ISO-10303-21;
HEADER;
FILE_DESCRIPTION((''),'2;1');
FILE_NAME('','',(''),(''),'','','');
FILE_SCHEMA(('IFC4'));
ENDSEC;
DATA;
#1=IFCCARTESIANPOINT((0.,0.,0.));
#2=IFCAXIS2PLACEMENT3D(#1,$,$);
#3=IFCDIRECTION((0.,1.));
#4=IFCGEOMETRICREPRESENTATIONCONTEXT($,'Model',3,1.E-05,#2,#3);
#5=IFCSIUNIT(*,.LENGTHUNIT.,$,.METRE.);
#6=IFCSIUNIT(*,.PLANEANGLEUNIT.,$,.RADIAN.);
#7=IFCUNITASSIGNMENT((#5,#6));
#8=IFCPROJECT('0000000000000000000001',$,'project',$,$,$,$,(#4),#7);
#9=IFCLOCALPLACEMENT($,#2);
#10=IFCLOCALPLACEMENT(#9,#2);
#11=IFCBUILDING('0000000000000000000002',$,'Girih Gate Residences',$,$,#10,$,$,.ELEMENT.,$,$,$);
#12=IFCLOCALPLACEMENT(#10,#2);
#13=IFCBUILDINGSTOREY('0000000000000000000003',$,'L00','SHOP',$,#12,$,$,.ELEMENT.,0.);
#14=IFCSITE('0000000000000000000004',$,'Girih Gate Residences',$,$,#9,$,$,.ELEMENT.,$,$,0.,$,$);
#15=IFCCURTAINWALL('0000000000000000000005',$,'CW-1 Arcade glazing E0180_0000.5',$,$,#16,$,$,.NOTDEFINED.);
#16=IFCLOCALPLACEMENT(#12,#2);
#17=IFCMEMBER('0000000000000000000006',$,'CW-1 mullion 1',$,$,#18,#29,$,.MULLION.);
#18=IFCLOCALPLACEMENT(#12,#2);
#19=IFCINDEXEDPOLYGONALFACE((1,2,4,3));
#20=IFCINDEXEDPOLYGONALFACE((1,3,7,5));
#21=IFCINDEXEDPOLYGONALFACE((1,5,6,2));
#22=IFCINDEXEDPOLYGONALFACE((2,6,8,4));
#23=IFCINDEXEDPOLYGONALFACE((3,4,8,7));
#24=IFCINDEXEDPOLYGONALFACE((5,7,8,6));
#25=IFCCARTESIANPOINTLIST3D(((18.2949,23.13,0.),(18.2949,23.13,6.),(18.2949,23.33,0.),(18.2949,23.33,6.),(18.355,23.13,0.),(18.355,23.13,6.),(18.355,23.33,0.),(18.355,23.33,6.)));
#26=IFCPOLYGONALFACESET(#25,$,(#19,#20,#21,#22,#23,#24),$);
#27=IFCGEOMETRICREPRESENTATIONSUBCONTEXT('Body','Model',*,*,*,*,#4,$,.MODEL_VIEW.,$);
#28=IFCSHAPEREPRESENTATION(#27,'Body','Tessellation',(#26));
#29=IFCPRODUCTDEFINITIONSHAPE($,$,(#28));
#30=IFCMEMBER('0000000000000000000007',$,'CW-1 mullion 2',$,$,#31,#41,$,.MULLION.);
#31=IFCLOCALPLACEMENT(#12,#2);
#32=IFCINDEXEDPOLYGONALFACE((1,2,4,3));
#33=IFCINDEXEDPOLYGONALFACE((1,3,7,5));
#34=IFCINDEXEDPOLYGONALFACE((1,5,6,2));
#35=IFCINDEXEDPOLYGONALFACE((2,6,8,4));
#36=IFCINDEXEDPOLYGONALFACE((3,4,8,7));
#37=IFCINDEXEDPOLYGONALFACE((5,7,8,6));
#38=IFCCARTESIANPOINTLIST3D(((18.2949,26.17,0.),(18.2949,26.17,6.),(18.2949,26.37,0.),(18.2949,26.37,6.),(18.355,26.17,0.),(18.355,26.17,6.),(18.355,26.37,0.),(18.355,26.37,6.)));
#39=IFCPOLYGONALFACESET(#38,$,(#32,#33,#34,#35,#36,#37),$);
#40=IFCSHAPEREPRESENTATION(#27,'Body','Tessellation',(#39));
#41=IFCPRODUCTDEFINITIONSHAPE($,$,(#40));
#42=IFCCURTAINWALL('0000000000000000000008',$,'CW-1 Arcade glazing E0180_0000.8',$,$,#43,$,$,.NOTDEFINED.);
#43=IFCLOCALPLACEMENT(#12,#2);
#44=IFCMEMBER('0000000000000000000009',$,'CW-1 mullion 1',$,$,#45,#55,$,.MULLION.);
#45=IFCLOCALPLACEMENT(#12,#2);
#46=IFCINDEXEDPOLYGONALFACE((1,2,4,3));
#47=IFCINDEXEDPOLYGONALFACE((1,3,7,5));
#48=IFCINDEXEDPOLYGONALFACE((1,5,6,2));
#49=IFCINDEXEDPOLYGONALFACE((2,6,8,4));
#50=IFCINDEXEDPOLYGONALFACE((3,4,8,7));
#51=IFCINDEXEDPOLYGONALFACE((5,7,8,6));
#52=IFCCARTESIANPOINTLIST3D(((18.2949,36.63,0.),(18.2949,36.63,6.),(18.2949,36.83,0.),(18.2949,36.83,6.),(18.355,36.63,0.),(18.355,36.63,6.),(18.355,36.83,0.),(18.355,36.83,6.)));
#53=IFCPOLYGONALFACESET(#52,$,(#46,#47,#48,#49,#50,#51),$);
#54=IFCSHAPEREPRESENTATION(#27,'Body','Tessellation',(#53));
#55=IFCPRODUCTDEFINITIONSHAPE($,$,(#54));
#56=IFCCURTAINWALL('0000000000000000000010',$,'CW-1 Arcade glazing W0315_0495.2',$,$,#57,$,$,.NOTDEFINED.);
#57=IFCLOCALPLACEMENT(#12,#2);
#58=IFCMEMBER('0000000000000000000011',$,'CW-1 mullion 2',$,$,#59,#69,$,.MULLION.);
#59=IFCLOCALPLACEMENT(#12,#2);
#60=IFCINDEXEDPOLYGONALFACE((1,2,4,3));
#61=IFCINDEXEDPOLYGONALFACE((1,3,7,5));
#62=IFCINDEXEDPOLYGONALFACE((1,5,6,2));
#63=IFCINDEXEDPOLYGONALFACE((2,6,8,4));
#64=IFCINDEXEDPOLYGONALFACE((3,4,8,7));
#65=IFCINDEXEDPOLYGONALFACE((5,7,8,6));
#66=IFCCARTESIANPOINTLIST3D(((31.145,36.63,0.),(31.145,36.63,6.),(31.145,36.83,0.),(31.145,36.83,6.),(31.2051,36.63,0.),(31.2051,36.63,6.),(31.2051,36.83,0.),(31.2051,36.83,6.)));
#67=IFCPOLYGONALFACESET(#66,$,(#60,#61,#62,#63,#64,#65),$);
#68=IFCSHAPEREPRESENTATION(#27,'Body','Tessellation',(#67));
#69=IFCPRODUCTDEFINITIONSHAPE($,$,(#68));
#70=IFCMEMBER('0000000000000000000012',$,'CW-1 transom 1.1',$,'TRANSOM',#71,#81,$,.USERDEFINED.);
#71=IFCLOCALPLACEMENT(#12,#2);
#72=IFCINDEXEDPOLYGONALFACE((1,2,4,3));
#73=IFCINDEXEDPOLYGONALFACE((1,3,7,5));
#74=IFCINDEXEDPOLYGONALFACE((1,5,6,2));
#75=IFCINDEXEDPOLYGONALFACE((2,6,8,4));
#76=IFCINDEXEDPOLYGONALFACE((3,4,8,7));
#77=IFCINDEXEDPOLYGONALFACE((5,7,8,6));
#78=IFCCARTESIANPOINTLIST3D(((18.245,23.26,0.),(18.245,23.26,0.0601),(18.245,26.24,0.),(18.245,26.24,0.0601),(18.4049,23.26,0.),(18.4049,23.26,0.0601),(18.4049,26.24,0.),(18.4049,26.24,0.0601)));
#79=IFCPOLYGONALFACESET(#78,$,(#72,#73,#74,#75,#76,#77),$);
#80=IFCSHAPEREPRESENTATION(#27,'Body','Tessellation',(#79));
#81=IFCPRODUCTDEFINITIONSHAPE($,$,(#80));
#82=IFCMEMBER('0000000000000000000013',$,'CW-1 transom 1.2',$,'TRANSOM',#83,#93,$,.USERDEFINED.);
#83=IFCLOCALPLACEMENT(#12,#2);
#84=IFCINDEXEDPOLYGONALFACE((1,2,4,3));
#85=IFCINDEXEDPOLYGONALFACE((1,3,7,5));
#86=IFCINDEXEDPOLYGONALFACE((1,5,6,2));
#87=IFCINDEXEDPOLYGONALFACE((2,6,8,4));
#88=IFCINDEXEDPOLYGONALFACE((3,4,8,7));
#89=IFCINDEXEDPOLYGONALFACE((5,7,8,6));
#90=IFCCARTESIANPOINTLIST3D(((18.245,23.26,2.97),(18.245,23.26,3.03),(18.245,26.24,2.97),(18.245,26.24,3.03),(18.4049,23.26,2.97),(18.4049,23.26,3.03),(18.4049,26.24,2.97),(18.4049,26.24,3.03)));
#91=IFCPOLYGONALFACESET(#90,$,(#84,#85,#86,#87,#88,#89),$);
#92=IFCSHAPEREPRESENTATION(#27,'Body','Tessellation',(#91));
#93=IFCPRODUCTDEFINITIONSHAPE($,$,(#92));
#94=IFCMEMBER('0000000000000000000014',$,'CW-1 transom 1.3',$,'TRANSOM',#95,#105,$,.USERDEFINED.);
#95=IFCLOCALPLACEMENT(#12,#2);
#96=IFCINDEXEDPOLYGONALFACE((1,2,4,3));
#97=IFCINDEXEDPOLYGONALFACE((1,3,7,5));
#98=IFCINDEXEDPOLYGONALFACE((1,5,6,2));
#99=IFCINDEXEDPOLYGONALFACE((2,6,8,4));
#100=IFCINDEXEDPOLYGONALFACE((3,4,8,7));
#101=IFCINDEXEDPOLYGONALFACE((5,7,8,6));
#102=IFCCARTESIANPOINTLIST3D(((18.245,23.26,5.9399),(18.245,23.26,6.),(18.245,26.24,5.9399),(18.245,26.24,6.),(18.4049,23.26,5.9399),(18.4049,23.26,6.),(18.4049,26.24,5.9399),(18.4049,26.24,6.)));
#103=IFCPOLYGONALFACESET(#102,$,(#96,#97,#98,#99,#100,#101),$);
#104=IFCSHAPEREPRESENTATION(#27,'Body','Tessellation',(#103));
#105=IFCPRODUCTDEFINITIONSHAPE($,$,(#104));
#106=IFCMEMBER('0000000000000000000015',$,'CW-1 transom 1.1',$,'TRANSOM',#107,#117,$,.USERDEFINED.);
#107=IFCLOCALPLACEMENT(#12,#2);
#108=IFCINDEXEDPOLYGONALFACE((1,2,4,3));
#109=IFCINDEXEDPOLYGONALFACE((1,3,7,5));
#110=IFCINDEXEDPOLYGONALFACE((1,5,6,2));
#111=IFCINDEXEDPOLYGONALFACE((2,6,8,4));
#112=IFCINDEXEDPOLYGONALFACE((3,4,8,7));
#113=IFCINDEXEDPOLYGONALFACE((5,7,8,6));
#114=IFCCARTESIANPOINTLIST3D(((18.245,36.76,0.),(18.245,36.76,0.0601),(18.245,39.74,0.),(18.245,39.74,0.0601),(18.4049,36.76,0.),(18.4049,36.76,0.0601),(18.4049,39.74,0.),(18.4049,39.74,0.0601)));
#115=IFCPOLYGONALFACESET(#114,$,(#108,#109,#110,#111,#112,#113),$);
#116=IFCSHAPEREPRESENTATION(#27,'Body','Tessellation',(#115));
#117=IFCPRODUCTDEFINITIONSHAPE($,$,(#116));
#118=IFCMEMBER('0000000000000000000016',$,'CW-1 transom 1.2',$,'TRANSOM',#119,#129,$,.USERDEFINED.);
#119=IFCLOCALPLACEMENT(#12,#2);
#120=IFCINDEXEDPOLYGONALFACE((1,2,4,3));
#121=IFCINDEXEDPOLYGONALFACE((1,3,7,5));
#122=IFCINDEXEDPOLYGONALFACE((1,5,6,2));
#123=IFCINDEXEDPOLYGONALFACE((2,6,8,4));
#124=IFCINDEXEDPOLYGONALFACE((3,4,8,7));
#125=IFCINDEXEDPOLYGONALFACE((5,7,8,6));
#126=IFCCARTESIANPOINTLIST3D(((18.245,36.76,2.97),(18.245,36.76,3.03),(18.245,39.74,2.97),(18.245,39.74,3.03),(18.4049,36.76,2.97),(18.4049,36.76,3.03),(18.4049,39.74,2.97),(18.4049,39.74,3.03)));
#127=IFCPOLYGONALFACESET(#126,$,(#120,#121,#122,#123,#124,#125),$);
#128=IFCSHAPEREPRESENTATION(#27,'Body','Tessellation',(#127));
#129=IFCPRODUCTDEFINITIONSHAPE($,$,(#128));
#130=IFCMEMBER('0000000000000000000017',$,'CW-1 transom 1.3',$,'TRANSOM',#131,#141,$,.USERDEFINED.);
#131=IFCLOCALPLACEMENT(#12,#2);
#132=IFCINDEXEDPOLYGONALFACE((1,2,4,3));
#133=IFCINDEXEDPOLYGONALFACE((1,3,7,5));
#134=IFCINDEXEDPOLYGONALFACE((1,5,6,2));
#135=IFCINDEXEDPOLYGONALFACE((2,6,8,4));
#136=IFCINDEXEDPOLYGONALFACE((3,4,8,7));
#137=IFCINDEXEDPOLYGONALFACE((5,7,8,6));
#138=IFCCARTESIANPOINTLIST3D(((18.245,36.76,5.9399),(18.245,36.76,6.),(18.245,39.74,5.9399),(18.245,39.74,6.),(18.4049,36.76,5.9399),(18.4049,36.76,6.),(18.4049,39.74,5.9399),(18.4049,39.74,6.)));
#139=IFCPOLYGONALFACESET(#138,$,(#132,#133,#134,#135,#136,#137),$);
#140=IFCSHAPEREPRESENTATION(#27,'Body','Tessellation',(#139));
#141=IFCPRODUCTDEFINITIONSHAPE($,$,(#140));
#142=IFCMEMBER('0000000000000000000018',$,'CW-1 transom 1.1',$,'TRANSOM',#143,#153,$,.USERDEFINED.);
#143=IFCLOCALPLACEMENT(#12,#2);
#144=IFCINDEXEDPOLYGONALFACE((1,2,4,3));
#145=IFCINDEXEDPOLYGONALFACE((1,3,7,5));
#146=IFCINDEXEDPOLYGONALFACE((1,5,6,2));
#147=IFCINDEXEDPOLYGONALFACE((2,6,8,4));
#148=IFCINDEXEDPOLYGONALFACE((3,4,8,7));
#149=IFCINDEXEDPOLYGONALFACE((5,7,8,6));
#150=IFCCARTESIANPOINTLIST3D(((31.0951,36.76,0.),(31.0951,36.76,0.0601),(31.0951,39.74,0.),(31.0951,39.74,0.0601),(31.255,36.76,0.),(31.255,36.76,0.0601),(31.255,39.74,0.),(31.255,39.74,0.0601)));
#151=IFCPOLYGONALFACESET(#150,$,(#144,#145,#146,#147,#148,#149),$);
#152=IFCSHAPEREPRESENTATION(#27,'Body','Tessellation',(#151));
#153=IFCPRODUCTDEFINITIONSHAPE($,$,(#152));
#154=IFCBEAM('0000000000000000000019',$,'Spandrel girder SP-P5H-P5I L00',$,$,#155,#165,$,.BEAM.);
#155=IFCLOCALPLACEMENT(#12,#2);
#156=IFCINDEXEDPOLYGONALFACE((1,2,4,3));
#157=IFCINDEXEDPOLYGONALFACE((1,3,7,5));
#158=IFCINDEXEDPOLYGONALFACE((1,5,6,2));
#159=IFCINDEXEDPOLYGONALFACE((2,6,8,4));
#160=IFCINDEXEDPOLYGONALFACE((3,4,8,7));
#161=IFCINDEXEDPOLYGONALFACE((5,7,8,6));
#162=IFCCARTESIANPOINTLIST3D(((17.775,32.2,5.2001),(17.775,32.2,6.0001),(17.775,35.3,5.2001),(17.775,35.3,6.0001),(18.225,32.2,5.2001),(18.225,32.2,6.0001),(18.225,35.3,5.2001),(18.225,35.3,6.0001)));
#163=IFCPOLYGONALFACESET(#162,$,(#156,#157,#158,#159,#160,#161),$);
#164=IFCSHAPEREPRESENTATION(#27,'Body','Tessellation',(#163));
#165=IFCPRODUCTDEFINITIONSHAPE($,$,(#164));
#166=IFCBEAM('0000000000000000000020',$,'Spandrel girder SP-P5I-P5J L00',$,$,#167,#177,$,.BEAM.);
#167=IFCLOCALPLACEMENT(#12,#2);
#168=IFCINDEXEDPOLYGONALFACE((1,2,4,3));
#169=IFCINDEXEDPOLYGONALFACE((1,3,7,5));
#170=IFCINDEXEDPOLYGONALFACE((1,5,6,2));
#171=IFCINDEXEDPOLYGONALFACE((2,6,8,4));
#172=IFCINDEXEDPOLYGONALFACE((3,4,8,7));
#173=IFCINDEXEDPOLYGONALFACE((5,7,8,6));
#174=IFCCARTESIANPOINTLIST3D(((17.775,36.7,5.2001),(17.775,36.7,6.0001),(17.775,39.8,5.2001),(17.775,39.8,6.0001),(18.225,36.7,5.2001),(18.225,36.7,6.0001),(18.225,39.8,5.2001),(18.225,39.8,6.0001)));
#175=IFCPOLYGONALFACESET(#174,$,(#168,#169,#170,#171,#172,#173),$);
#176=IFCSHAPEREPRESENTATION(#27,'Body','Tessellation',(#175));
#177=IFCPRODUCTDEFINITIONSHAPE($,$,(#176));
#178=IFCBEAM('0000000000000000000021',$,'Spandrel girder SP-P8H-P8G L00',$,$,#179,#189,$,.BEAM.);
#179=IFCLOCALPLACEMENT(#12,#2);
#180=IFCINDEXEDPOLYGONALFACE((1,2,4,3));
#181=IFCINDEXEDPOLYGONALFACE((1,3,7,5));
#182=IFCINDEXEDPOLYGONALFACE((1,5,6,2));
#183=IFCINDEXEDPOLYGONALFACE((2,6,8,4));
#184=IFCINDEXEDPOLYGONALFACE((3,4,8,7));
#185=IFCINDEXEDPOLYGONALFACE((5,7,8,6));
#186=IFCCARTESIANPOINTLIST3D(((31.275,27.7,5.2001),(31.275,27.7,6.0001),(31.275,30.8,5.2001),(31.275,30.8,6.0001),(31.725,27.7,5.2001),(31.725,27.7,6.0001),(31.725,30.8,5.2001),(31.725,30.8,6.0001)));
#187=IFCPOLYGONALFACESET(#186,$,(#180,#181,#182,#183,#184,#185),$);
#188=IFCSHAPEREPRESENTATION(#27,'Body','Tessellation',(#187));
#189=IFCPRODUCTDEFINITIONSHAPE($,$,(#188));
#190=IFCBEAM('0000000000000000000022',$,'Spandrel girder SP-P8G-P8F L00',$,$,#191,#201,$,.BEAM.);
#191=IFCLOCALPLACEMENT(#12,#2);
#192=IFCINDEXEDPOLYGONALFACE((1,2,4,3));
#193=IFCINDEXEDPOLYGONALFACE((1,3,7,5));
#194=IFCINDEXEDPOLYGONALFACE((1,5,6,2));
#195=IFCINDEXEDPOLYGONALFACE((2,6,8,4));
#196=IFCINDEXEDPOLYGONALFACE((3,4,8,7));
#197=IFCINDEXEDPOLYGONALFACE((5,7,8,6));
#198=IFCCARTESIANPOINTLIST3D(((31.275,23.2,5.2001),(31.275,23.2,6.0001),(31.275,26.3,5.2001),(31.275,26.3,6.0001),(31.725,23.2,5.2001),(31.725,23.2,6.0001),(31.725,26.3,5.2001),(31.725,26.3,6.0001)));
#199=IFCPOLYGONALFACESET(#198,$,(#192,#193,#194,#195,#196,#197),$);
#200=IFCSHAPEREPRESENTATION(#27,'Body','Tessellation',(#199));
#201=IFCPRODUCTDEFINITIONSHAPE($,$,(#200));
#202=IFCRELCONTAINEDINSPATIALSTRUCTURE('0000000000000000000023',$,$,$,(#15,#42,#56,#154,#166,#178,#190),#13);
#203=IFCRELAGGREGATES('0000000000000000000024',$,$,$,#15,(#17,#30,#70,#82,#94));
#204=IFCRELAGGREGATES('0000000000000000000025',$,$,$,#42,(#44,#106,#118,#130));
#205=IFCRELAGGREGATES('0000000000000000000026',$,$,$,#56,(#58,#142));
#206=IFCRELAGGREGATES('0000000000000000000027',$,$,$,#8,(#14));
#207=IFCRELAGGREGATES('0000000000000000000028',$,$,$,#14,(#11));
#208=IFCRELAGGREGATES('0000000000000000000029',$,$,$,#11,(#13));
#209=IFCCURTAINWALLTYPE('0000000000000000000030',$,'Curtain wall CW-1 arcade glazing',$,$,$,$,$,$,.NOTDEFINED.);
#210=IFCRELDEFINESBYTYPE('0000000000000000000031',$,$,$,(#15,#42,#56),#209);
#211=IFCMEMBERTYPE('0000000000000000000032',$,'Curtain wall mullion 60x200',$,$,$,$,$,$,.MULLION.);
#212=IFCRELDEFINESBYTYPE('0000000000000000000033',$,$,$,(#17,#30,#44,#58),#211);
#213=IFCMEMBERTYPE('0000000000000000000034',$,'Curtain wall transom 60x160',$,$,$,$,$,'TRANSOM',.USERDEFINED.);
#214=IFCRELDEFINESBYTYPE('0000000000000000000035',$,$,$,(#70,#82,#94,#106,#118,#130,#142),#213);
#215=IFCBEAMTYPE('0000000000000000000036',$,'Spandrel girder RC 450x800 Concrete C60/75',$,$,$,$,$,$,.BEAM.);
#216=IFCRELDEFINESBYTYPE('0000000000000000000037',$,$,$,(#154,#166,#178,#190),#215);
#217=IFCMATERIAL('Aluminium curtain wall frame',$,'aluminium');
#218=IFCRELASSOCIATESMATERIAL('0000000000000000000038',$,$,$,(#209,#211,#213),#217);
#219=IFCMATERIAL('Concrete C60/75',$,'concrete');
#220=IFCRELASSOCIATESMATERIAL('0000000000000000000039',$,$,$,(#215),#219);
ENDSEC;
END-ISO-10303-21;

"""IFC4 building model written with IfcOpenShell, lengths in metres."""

from ifc_helpers import new_model, si_unit, direction, frame, origin, origin_2d, place, context, subcontext, project, spatial, rectangle, extrude, material, material_profile, profile_set, type_object, element, aggregate, save


model = new_model("IFC4")

# Units and contexts
model_context = context("Model", 3, precision=1e-05, world=origin(), true_north=direction((0.0, 1.0)))
body_context = subcontext(model_context, "Body", "Model", "MODEL_VIEW")
ifc_project = project(units=[si_unit("LENGTHUNIT", "METRE"), si_unit("PLANEANGLEUNIT", "RADIAN")], contexts=[model_context])

# Site, building, storey
site_placement = place(None, origin())
site = spatial("IfcSite", under=ifc_project, at=site_placement, Name="Girih Gate Residences", CompositionType="ELEMENT", RefElevation=0.0)
building_placement = place(site_placement, origin())
building = spatial("IfcBuilding", under=site, at=building_placement, Name="Girih Gate Residences", CompositionType="ELEMENT")
storey_placement = place(building_placement, origin())
storey = spatial("IfcBuildingStorey", under=building, at=storey_placement, Name="L00", Description="SHOP", CompositionType="ELEMENT", Elevation=0.0)

# Curtain wall, members
ifc_material_1 = material(Name="Aluminium curtain wall frame", Category="aluminium")
curtain_wall_type = type_object("IfcCurtainWallType", Name="Curtain wall CW-1 arcade glazing", PredefinedType="NOTDEFINED", material=ifc_material_1)
curtain_wall_1_placement = place(storey_placement, origin())
curtain_wall_1 = element("IfcCurtainWall", 1, at=curtain_wall_1_placement, inside=storey, type_object=curtain_wall_type, Name="CW-1 Arcade glazing E0180_0000.5", PredefinedType="NOTDEFINED")
ifc_material_profile_1 = material_profile(ifc_material_1, rectangle(XDim=0.0601, YDim=0.2, at=origin_2d()))
ifc_profile_set_1 = profile_set([ifc_material_profile_1], Name="Aluminium curtain wall frame")
member_type_1 = type_object("IfcMemberType", Name="Curtain wall mullion 60x200", PredefinedType="MULLION", material=ifc_profile_set_1)
member_1_placement = place(storey_placement, frame((18.325, 23.23, 0.0), z_axis=(0.0, 0.0, 1.0), x_axis=(-1.0, 0.0, 0.0)))
member_1 = element("IfcMember", 2, at=member_1_placement, type_object=member_type_1, Name="CW-1 mullion 1", PredefinedType="MULLION", context=body_context, shape_type="SweptSolid", body=[
    extrude(rectangle(XDim=0.0601, YDim=0.2, at=origin_2d()), origin(), (0.0, 0.0, 1.0), 6.0),
])
member_2_placement = place(storey_placement, frame((18.325, 26.27, 0.0), z_axis=(0.0, 0.0, 1.0), x_axis=(-1.0, 0.0, 0.0)))
member_2 = element("IfcMember", 3, at=member_2_placement, type_object=member_type_1, Name="CW-1 mullion 2", PredefinedType="MULLION", context=body_context, shape_type="SweptSolid", body=[
    extrude(rectangle(XDim=0.0601, YDim=0.2, at=origin_2d()), origin(), (0.0, 0.0, 1.0), 6.0),
])

# Curtain walls, members
curtain_wall_2_placement = place(storey_placement, origin())
curtain_wall_2 = element("IfcCurtainWall", 4, at=curtain_wall_2_placement, inside=storey, type_object=curtain_wall_type, Name="CW-1 Arcade glazing E0180_0000.8", PredefinedType="NOTDEFINED")
member_3_placement = place(storey_placement, frame((18.325, 36.73, 0.0), z_axis=(0.0, 0.0, 1.0), x_axis=(-1.0, 0.0, 0.0)))
member_3 = element("IfcMember", 5, at=member_3_placement, type_object=member_type_1, Name="CW-1 mullion 1", PredefinedType="MULLION", context=body_context, shape_type="SweptSolid", body=[
    extrude(rectangle(XDim=0.0601, YDim=0.2, at=origin_2d()), origin(), (0.0, 0.0, 1.0), 6.0),
])
curtain_wall_3_placement = place(storey_placement, origin())
curtain_wall_3 = element("IfcCurtainWall", 6, at=curtain_wall_3_placement, inside=storey, type_object=curtain_wall_type, Name="CW-1 Arcade glazing W0315_0495.2", PredefinedType="NOTDEFINED")
member_4_placement = place(storey_placement, frame((31.175, 36.73, 0.0), z_axis=(0.0, 0.0, 1.0), x_axis=(1.0, 0.0, 0.0)))
member_4 = element("IfcMember", 7, at=member_4_placement, type_object=member_type_1, Name="CW-1 mullion 2", PredefinedType="MULLION", context=body_context, shape_type="SweptSolid", body=[
    extrude(rectangle(XDim=0.0601, YDim=0.2, at=origin_2d()), origin(), (0.0, 0.0, 1.0), 6.0),
])

# Members
ifc_material_profile_2 = material_profile(ifc_material_1, rectangle(XDim=0.1599, YDim=0.0601, at=origin_2d()))
ifc_profile_set_2 = profile_set([ifc_material_profile_2], Name="Aluminium curtain wall frame")
member_type_2 = type_object("IfcMemberType", Name="Curtain wall transom 60x160", ElementType="TRANSOM", PredefinedType="USERDEFINED", material=ifc_profile_set_2)
member_5_placement = place(storey_placement, frame((18.325, 23.26, 0.03), z_axis=(0.0, 1.0, 0.0), x_axis=(-1.0, 0.0, 0.0)))
member_5 = element("IfcMember", 8, at=member_5_placement, type_object=member_type_2, Name="CW-1 transom 1.1", ObjectType="TRANSOM", PredefinedType="USERDEFINED", context=body_context, shape_type="SweptSolid", body=[
    extrude(rectangle(XDim=0.1599, YDim=0.0601, at=origin_2d()), origin(), (0.0, 0.0, 1.0), 2.98),
])
member_6_placement = place(storey_placement, frame((18.325, 23.26, 3.0), z_axis=(0.0, 1.0, 0.0), x_axis=(-1.0, 0.0, 0.0)))
member_6 = element("IfcMember", 9, at=member_6_placement, type_object=member_type_2, Name="CW-1 transom 1.2", ObjectType="TRANSOM", PredefinedType="USERDEFINED", context=body_context, shape_type="SweptSolid", body=[
    extrude(rectangle(XDim=0.1599, YDim=0.0601, at=origin_2d()), origin(), (0.0, 0.0, 1.0), 2.98),
])
member_7_placement = place(storey_placement, frame((18.325, 23.26, 5.97), z_axis=(0.0, 1.0, 0.0), x_axis=(-1.0, 0.0, 0.0)))
member_7 = element("IfcMember", 10, at=member_7_placement, type_object=member_type_2, Name="CW-1 transom 1.3", ObjectType="TRANSOM", PredefinedType="USERDEFINED", context=body_context, shape_type="SweptSolid", body=[
    extrude(rectangle(XDim=0.1599, YDim=0.0601, at=origin_2d()), origin(), (0.0, 0.0, 1.0), 2.98),
])
member_8_placement = place(storey_placement, frame((18.325, 36.76, 0.03), z_axis=(0.0, 1.0, 0.0), x_axis=(-1.0, 0.0, 0.0)))
member_8 = element("IfcMember", 11, at=member_8_placement, type_object=member_type_2, Name="CW-1 transom 1.1", ObjectType="TRANSOM", PredefinedType="USERDEFINED", context=body_context, shape_type="SweptSolid", body=[
    extrude(rectangle(XDim=0.1599, YDim=0.0601, at=origin_2d()), origin(), (0.0, 0.0, 1.0), 2.98),
])
member_9_placement = place(storey_placement, frame((18.325, 36.76, 3.0), z_axis=(0.0, 1.0, 0.0), x_axis=(-1.0, 0.0, 0.0)))
member_9 = element("IfcMember", 12, at=member_9_placement, type_object=member_type_2, Name="CW-1 transom 1.2", ObjectType="TRANSOM", PredefinedType="USERDEFINED", context=body_context, shape_type="SweptSolid", body=[
    extrude(rectangle(XDim=0.1599, YDim=0.0601, at=origin_2d()), origin(), (0.0, 0.0, 1.0), 2.98),
])
member_10_placement = place(storey_placement, frame((18.325, 36.76, 5.97), z_axis=(0.0, 1.0, 0.0), x_axis=(-1.0, 0.0, 0.0)))
member_10 = element("IfcMember", 13, at=member_10_placement, type_object=member_type_2, Name="CW-1 transom 1.3", ObjectType="TRANSOM", PredefinedType="USERDEFINED", context=body_context, shape_type="SweptSolid", body=[
    extrude(rectangle(XDim=0.1599, YDim=0.0601, at=origin_2d()), origin(), (0.0, 0.0, 1.0), 2.98),
])
member_11_placement = place(storey_placement, frame((31.175, 39.74, 0.03), z_axis=(0.0, -1.0, 0.0), x_axis=(1.0, 0.0, 0.0)))
member_11 = element("IfcMember", 14, at=member_11_placement, type_object=member_type_2, Name="CW-1 transom 1.1", ObjectType="TRANSOM", PredefinedType="USERDEFINED", context=body_context, shape_type="SweptSolid", body=[
    extrude(rectangle(XDim=0.1599, YDim=0.0601, at=origin_2d()), origin(), (0.0, 0.0, 1.0), 2.98),
])

# Beams
ifc_material_2 = material(Name="Concrete C60/75", Category="concrete")
ifc_material_profile_3 = material_profile(ifc_material_2, rectangle(XDim=0.45, YDim=0.8, at=origin_2d()))
ifc_profile_set_3 = profile_set([ifc_material_profile_3], Name="Concrete C60/75")
beam_type = type_object("IfcBeamType", Name="Spandrel girder RC 450x800 Concrete C60/75", PredefinedType="BEAM", material=ifc_profile_set_3)
for number, where, z_axis, x_axis, name in (
    (15, (18.0, 32.2, 5.6001), (0.0, 1.0, 0.0), (-1.0, 0.0, 0.0), "Spandrel girder SP-P5H-P5I L00"),
    (16, (18.0, 36.7, 5.6001), (0.0, 1.0, 0.0), (-1.0, 0.0, 0.0), "Spandrel girder SP-P5I-P5J L00"),
    (17, (31.5, 30.8, 5.6001), (0.0, -1.0, 0.0), (1.0, 0.0, 0.0), "Spandrel girder SP-P8H-P8G L00"),
    (18, (31.5, 26.3, 5.6001), (0.0, -1.0, 0.0), (1.0, 0.0, 0.0), "Spandrel girder SP-P8G-P8F L00"),
):
    element("IfcBeam", number, at=place(storey_placement, frame(where, z_axis=z_axis, x_axis=x_axis)), inside=storey, type_object=beam_type, Name=name, PredefinedType="BEAM", context=body_context, shape_type="SweptSolid", body=[
        extrude(rectangle(XDim=0.45, YDim=0.8, at=origin_2d()), origin(), (0.0, 0.0, 1.0), 3.1001),
    ])

aggregate(curtain_wall_1, [member_1, member_2, member_5, member_6, member_7])
aggregate(curtain_wall_2, [member_3, member_8, member_9, member_10])
aggregate(curtain_wall_3, [member_4, member_11])

save(model, "model.ifc")
